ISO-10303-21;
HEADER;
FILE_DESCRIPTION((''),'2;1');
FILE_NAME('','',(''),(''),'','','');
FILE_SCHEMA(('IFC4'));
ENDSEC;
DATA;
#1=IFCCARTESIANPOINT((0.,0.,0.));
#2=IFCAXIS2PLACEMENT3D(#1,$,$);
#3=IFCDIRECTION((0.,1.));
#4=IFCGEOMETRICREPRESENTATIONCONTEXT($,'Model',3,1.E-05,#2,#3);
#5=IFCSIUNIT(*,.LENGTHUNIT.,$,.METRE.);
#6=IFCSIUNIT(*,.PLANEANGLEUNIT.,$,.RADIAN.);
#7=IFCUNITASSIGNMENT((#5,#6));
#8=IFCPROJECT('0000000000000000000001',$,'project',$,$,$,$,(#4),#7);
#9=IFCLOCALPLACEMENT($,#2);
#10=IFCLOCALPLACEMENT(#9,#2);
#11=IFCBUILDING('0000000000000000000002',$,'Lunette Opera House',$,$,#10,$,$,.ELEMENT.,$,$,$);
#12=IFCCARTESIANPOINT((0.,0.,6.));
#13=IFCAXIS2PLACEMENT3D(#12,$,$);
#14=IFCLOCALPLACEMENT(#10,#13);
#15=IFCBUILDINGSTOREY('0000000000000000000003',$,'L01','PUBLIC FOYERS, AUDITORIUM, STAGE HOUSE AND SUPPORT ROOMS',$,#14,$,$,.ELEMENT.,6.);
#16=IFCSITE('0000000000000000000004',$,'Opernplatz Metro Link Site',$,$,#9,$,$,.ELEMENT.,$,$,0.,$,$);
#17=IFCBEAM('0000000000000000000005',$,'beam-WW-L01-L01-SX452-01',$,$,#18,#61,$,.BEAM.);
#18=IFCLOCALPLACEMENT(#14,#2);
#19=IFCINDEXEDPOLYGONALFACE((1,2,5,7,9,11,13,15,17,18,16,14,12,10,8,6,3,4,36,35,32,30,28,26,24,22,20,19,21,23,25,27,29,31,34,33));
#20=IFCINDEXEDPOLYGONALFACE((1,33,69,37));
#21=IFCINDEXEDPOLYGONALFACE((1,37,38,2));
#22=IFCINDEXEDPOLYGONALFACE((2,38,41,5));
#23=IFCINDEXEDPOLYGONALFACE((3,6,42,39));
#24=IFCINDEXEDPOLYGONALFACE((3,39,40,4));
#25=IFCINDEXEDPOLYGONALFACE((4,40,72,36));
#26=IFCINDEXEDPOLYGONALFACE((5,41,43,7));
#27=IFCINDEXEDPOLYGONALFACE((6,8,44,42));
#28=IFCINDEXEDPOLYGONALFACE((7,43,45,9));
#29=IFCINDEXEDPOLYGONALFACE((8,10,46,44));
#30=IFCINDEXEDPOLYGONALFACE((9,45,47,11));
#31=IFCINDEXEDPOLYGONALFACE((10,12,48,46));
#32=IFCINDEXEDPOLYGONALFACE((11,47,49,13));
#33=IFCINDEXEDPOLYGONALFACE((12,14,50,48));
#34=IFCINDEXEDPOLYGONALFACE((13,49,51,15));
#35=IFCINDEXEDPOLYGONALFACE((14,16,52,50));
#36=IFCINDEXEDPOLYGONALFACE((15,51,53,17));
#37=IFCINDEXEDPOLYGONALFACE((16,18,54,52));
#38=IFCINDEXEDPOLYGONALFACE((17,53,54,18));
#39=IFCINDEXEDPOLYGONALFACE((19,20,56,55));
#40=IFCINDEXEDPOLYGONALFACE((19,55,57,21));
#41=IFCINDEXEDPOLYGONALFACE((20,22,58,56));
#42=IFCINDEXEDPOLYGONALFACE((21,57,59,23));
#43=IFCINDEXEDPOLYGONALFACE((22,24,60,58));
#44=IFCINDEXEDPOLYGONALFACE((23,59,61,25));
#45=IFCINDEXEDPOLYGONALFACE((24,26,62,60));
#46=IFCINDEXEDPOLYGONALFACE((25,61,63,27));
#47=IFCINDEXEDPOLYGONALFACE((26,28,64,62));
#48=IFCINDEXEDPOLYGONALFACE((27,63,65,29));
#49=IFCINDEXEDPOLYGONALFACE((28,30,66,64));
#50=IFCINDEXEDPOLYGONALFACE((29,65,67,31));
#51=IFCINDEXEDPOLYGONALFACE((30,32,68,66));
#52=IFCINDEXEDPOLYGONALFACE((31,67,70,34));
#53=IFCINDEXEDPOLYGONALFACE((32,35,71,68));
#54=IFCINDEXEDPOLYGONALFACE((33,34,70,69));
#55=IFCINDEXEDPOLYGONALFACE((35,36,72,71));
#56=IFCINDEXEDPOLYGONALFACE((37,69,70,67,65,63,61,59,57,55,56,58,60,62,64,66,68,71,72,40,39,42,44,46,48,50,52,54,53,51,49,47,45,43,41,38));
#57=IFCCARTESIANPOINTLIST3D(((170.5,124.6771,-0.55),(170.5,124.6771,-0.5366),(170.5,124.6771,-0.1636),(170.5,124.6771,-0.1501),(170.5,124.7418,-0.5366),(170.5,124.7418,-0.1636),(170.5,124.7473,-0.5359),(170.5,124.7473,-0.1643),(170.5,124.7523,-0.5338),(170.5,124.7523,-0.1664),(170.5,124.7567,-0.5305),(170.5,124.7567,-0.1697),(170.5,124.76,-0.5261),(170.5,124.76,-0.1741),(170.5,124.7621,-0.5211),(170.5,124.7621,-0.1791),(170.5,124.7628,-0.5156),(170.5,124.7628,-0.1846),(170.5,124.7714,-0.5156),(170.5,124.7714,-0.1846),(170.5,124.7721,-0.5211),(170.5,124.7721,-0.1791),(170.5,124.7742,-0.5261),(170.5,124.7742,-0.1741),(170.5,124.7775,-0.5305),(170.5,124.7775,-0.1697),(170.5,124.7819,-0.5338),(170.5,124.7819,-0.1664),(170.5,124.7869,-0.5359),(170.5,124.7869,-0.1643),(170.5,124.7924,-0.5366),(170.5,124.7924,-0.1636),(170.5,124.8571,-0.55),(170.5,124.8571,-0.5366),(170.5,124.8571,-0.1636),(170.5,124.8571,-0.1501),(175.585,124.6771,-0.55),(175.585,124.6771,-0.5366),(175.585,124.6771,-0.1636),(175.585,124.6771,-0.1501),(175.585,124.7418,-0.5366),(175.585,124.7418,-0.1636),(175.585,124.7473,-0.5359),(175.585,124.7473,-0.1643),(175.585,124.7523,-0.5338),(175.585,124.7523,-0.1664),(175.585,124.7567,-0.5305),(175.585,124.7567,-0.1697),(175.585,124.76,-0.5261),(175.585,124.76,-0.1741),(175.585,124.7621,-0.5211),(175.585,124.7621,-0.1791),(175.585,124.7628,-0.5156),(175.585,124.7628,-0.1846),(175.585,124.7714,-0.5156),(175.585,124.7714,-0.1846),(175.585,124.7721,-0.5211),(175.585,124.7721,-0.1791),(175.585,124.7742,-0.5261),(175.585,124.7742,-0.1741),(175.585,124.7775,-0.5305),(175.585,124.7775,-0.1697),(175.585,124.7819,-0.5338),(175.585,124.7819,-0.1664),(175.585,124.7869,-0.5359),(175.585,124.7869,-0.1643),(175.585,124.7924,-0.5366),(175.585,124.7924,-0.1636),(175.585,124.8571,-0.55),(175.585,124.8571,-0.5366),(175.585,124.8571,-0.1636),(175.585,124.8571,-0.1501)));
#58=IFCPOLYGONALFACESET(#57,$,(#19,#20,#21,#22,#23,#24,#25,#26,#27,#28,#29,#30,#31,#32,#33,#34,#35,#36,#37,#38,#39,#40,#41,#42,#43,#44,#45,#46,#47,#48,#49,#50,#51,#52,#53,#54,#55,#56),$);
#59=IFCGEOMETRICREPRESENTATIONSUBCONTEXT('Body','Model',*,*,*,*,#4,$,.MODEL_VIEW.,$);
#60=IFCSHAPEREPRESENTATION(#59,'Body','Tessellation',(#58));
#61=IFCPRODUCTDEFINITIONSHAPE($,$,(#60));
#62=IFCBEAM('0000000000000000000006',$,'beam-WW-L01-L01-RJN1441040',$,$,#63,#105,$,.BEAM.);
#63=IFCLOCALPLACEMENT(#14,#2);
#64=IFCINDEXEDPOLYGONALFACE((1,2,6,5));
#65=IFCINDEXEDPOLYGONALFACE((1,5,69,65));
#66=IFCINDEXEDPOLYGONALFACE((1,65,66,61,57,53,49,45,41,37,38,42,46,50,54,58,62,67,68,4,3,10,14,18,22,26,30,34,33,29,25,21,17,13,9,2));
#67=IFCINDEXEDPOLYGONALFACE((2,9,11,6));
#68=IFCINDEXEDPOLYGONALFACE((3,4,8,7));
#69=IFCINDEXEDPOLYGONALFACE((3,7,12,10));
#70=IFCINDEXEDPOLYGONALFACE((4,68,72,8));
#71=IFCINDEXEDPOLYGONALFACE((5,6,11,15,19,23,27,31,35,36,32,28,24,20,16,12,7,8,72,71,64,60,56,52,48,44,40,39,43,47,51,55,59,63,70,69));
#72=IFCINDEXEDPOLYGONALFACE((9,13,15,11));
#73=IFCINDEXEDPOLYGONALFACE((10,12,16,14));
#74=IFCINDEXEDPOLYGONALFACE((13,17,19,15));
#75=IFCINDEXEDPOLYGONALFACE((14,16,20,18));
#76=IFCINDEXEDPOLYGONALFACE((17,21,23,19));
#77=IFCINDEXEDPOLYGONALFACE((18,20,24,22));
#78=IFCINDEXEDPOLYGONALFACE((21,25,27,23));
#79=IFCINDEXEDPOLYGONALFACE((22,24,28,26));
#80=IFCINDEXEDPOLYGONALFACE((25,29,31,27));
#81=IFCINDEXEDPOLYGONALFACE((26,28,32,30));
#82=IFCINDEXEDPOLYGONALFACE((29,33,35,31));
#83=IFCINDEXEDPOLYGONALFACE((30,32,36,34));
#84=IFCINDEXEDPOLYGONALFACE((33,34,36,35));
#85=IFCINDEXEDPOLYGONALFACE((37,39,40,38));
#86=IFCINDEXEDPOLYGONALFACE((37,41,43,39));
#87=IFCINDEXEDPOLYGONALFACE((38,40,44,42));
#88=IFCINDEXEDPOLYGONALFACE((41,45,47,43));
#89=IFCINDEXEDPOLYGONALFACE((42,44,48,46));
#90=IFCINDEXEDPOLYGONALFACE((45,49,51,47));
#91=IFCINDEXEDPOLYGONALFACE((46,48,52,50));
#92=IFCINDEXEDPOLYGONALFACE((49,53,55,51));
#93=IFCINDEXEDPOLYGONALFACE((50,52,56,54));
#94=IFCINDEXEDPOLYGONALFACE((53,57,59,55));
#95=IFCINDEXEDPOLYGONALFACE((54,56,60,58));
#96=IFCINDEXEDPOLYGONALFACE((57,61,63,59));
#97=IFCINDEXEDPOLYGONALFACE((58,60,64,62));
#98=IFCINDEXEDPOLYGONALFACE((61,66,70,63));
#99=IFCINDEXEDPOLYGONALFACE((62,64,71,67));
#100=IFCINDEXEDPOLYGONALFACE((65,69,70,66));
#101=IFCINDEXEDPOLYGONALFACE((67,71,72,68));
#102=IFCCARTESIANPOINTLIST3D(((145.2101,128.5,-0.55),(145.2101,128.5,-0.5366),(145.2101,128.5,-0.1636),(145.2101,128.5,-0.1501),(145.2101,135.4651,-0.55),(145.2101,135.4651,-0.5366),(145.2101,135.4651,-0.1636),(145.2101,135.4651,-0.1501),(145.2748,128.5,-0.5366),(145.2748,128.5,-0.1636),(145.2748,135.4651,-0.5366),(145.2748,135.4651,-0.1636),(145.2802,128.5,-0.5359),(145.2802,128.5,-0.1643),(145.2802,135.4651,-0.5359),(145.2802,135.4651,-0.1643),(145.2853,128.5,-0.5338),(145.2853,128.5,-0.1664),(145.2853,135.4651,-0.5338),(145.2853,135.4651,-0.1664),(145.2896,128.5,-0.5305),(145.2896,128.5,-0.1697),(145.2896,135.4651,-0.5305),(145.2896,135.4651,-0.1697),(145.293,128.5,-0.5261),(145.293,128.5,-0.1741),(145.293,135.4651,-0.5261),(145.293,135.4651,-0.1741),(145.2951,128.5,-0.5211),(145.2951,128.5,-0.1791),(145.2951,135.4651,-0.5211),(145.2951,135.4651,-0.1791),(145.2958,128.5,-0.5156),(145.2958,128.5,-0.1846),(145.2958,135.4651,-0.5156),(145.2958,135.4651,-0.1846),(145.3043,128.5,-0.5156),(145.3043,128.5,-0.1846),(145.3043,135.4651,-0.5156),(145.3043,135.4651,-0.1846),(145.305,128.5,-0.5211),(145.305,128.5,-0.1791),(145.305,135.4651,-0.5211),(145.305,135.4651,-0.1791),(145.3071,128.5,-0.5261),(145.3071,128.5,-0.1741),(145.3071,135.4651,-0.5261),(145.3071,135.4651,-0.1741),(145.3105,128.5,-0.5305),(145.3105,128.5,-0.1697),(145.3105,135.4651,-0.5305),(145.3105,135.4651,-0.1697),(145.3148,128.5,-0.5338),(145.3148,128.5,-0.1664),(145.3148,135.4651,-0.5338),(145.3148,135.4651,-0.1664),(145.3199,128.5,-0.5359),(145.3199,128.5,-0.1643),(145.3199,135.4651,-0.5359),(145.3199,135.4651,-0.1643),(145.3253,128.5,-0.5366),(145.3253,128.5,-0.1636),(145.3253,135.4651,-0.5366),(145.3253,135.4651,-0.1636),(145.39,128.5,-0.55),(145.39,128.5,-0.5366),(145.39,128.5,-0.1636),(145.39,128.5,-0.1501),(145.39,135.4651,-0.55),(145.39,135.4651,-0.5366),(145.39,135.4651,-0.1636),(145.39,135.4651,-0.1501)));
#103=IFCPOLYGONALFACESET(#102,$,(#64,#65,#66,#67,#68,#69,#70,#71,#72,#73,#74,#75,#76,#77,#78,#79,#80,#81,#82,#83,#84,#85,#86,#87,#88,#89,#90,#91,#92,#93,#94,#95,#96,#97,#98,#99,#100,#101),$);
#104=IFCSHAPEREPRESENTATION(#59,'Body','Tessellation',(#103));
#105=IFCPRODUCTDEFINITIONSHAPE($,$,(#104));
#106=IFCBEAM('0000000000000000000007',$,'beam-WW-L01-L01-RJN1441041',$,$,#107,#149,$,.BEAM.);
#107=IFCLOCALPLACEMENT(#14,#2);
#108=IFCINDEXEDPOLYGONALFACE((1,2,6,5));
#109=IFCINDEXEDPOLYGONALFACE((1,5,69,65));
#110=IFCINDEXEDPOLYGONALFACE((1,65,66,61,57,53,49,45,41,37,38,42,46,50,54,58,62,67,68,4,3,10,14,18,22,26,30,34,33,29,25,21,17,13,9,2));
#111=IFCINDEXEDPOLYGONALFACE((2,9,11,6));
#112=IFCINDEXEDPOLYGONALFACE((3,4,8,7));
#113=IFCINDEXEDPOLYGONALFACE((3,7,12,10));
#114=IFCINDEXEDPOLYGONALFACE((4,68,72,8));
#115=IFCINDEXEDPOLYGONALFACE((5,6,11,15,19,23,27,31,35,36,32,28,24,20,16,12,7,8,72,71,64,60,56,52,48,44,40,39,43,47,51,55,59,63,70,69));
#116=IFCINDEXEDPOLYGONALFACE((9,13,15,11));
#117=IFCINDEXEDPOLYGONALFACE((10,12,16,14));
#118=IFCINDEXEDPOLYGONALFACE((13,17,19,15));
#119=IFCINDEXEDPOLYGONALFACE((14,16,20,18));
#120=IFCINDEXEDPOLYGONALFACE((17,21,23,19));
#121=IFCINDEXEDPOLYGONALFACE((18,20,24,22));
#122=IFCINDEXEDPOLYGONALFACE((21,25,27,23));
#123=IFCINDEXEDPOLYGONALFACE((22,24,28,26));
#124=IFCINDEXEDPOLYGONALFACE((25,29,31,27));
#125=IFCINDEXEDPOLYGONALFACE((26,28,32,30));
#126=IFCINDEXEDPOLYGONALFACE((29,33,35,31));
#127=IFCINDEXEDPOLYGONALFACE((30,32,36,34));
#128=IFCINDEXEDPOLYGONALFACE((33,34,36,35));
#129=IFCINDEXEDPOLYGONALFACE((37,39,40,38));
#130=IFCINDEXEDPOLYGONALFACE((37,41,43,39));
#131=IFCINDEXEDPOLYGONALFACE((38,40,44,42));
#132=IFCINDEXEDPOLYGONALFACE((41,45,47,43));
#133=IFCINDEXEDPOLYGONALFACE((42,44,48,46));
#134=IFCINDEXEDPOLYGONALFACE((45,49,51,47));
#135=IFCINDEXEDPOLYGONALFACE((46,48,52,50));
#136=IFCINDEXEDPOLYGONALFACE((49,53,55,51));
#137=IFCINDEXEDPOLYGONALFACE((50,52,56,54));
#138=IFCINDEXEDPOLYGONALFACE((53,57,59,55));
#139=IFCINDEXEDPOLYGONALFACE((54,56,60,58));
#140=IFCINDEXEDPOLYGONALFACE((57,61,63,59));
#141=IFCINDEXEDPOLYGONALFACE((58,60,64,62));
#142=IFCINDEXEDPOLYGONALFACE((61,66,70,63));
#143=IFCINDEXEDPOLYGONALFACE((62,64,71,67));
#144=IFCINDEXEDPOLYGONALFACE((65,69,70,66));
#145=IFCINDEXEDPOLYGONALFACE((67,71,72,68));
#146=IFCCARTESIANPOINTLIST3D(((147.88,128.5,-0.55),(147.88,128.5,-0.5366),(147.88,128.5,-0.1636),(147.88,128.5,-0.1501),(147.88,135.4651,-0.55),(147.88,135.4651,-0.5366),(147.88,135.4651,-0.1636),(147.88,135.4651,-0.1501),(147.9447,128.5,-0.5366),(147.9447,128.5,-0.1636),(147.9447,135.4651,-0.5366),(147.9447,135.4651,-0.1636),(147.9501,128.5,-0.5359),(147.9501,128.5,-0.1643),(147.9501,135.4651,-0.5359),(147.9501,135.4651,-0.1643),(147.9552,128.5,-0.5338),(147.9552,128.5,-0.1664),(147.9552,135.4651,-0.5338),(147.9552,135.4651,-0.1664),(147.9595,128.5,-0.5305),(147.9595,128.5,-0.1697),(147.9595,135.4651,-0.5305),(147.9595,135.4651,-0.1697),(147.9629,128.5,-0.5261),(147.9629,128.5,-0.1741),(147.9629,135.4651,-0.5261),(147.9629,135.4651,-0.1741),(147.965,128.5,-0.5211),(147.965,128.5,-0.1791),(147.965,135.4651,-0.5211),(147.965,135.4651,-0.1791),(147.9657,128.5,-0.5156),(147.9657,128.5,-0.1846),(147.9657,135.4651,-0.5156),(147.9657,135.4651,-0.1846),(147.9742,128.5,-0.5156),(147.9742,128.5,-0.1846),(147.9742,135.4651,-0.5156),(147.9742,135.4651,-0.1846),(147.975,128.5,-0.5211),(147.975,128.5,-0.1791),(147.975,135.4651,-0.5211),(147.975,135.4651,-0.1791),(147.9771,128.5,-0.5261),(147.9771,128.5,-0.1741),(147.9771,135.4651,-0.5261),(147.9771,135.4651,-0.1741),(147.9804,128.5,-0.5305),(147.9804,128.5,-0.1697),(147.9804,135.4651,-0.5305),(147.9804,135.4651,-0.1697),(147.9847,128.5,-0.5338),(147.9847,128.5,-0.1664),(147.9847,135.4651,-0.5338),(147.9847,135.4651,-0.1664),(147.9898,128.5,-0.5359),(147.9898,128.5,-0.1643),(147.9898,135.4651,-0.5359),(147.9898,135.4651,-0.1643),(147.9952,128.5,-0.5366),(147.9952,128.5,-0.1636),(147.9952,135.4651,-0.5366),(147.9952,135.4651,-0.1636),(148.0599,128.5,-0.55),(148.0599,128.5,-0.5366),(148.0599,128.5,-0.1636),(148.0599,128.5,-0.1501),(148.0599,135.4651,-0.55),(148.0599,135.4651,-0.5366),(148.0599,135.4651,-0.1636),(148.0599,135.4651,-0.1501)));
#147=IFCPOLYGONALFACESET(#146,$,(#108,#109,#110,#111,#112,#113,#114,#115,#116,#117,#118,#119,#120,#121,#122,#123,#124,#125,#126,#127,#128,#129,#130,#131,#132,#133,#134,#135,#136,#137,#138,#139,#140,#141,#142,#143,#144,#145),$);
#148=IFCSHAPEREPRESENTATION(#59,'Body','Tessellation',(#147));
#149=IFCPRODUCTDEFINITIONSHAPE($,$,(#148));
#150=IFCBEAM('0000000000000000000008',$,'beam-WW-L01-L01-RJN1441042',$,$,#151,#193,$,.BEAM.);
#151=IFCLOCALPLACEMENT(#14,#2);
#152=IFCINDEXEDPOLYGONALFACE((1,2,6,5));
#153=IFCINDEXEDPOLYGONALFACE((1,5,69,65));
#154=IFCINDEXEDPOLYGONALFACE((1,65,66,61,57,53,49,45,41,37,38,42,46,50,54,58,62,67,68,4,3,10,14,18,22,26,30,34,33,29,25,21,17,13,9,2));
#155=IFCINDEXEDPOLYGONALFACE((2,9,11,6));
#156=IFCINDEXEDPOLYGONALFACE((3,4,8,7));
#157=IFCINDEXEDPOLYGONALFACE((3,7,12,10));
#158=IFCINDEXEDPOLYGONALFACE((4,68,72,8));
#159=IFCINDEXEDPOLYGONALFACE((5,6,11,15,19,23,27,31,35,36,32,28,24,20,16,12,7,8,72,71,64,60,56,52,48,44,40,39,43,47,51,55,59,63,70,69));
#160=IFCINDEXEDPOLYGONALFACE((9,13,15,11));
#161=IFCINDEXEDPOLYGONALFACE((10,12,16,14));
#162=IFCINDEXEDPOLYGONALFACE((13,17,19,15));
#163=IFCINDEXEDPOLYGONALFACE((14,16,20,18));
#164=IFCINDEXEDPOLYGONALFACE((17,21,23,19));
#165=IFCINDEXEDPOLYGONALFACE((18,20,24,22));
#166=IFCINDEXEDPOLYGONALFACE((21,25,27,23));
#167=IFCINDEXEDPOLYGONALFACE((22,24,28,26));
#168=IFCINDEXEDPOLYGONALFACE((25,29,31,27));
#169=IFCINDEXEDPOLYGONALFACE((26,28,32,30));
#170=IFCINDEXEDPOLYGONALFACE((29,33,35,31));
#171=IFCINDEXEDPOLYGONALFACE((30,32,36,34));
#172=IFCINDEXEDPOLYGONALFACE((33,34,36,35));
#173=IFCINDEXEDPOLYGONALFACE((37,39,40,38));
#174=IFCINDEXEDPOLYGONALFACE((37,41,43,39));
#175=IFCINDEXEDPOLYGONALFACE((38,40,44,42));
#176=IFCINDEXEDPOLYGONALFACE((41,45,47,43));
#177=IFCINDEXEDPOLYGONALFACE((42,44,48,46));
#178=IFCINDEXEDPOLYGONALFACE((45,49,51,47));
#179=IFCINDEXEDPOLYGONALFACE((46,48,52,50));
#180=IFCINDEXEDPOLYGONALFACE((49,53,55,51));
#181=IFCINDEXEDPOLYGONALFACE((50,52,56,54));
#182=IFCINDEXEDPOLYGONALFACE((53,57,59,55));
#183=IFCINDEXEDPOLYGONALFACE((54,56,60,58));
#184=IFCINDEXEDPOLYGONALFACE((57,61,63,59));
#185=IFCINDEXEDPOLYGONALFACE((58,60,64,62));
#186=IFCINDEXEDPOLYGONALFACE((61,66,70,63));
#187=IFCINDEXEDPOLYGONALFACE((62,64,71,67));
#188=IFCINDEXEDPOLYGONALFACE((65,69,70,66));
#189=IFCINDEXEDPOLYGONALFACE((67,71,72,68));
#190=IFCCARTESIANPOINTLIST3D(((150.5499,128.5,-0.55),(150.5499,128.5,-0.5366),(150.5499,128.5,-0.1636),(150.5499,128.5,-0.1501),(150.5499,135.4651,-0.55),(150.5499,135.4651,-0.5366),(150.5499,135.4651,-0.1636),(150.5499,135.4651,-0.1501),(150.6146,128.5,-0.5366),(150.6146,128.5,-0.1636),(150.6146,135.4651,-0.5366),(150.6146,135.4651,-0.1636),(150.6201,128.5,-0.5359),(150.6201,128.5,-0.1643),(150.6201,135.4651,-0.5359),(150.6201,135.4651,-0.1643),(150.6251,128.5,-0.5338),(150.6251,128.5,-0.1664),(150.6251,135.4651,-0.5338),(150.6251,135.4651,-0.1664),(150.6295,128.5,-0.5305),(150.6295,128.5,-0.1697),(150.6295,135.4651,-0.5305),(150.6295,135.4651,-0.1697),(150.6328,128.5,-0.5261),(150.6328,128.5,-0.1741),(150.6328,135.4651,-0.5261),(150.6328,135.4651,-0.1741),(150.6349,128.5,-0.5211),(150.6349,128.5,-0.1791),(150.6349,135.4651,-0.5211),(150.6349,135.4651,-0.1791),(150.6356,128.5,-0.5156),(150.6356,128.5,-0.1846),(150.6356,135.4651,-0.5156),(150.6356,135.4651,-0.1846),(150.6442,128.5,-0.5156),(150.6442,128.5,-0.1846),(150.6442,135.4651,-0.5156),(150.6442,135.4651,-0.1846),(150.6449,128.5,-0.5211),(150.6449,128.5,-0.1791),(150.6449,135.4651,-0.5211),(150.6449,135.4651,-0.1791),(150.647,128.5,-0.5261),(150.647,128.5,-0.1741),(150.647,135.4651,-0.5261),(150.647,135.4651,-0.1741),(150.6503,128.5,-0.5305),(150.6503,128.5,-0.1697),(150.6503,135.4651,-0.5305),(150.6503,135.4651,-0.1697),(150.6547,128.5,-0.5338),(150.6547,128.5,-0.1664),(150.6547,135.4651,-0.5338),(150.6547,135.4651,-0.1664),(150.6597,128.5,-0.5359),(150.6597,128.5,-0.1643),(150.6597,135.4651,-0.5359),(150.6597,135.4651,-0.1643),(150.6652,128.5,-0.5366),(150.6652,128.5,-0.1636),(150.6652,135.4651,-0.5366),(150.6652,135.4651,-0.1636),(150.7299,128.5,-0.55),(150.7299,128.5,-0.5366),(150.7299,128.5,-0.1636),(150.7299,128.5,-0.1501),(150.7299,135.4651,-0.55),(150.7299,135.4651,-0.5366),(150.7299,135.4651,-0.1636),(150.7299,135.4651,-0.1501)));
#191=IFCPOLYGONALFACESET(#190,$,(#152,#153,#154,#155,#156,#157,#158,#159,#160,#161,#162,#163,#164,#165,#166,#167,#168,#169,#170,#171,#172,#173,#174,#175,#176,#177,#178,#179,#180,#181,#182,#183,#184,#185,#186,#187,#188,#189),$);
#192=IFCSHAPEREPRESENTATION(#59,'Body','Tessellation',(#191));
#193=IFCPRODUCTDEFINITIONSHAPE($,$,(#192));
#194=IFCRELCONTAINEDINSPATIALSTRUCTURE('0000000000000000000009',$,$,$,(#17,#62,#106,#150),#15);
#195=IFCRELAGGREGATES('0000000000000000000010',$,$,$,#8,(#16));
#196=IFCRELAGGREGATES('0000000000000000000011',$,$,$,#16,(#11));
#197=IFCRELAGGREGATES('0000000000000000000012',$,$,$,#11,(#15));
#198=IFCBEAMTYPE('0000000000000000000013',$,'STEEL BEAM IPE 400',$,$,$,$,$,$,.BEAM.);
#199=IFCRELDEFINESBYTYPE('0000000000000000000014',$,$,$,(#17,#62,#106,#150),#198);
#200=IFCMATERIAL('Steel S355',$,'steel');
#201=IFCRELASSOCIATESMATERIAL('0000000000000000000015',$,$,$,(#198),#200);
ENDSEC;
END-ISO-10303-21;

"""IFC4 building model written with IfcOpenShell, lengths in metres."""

from ifc_helpers import new_model, si_unit, direction, frame, origin, origin_2d, place, context, subcontext, project, spatial, i_section, extrude, material, material_profile, profile_set, type_object, element, save


model = new_model("IFC4")

# Units and contexts
model_context = context("Model", 3, precision=1e-05, world=origin(), true_north=direction((0.0, 1.0)))
body_context = subcontext(model_context, "Body", "Model", "MODEL_VIEW")
ifc_project = project(units=[si_unit("LENGTHUNIT", "METRE"), si_unit("PLANEANGLEUNIT", "RADIAN")], contexts=[model_context])

# Site, building, storey
site_placement = place(None, origin())
site = spatial("IfcSite", under=ifc_project, at=site_placement, Name="Opernplatz Metro Link Site", CompositionType="ELEMENT", RefElevation=0.0)
building_placement = place(site_placement, origin())
building = spatial("IfcBuilding", under=site, at=building_placement, Name="Lunette Opera House", CompositionType="ELEMENT")
storey_placement = place(building_placement, frame((0.0, 0.0, 6.0)))
storey = spatial("IfcBuildingStorey", under=building, at=storey_placement, Name="L01", Description="PUBLIC FOYERS, AUDITORIUM, STAGE HOUSE AND SUPPORT ROOMS", CompositionType="ELEMENT", Elevation=6.0)

# Beams
ifc_material_1 = material(Name="Steel S355", Category="steel")
ifc_material_profile_1 = material_profile(ifc_material_1, i_section(OverallWidth=0.1799, OverallDepth=0.3999, WebThickness=0.0085, FlangeThickness=0.0134, FilletRadius=0.021, at=origin_2d()), Name="IPE 400")
ifc_profile_set_1 = profile_set([ifc_material_profile_1], Name="Steel S355")
beam_type_1 = type_object("IfcBeamType", Name="STEEL BEAM IPE 400", PredefinedType="BEAM", material=ifc_profile_set_1)
for number, where, z_axis, x_axis, name in (
    (1, (170.5, 124.7671, -0.3501), (1.0, 0.0, 0.0), (0.0, 1.0, 0.0), "beam-WW-L01-L01-SX452-01"),
):
    element("IfcBeam", number, at=place(storey_placement, frame(where, z_axis=z_axis, x_axis=x_axis)), inside=storey, type_object=beam_type_1, Name=name, PredefinedType="BEAM", context=body_context, shape_type="SweptSolid", body=[
        extrude(i_section(OverallWidth=0.1799, OverallDepth=0.3999, WebThickness=0.0085, FlangeThickness=0.0134, FilletRadius=0.021, at=origin_2d()), origin(), (0.0, 0.0, 1.0), 5.085),
    ])
for number, where, z_axis, x_axis, name in (
    (2, (145.3, 128.5, -0.3501), (0.0, 1.0, 0.0), (-1.0, 0.0, 0.0), "beam-WW-L01-L01-RJN1441040"),
    (3, (147.97, 128.5, -0.3501), (0.0, 1.0, 0.0), (-1.0, 0.0, 0.0), "beam-WW-L01-L01-RJN1441041"),
    (4, (150.6399, 128.5, -0.3501), (0.0, 1.0, 0.0), (-1.0, 0.0, 0.0), "beam-WW-L01-L01-RJN1441042"),
):
    element("IfcBeam", number, at=place(storey_placement, frame(where, z_axis=z_axis, x_axis=x_axis)), inside=storey, type_object=beam_type_1, Name=name, PredefinedType="BEAM", context=body_context, shape_type="SweptSolid", body=[
        extrude(i_section(OverallWidth=0.1799, OverallDepth=0.3999, WebThickness=0.0085, FlangeThickness=0.0134, FilletRadius=0.021, at=origin_2d()), origin(), (0.0, 0.0, 1.0), 6.9651),
    ])

save(model, "model.ifc")
